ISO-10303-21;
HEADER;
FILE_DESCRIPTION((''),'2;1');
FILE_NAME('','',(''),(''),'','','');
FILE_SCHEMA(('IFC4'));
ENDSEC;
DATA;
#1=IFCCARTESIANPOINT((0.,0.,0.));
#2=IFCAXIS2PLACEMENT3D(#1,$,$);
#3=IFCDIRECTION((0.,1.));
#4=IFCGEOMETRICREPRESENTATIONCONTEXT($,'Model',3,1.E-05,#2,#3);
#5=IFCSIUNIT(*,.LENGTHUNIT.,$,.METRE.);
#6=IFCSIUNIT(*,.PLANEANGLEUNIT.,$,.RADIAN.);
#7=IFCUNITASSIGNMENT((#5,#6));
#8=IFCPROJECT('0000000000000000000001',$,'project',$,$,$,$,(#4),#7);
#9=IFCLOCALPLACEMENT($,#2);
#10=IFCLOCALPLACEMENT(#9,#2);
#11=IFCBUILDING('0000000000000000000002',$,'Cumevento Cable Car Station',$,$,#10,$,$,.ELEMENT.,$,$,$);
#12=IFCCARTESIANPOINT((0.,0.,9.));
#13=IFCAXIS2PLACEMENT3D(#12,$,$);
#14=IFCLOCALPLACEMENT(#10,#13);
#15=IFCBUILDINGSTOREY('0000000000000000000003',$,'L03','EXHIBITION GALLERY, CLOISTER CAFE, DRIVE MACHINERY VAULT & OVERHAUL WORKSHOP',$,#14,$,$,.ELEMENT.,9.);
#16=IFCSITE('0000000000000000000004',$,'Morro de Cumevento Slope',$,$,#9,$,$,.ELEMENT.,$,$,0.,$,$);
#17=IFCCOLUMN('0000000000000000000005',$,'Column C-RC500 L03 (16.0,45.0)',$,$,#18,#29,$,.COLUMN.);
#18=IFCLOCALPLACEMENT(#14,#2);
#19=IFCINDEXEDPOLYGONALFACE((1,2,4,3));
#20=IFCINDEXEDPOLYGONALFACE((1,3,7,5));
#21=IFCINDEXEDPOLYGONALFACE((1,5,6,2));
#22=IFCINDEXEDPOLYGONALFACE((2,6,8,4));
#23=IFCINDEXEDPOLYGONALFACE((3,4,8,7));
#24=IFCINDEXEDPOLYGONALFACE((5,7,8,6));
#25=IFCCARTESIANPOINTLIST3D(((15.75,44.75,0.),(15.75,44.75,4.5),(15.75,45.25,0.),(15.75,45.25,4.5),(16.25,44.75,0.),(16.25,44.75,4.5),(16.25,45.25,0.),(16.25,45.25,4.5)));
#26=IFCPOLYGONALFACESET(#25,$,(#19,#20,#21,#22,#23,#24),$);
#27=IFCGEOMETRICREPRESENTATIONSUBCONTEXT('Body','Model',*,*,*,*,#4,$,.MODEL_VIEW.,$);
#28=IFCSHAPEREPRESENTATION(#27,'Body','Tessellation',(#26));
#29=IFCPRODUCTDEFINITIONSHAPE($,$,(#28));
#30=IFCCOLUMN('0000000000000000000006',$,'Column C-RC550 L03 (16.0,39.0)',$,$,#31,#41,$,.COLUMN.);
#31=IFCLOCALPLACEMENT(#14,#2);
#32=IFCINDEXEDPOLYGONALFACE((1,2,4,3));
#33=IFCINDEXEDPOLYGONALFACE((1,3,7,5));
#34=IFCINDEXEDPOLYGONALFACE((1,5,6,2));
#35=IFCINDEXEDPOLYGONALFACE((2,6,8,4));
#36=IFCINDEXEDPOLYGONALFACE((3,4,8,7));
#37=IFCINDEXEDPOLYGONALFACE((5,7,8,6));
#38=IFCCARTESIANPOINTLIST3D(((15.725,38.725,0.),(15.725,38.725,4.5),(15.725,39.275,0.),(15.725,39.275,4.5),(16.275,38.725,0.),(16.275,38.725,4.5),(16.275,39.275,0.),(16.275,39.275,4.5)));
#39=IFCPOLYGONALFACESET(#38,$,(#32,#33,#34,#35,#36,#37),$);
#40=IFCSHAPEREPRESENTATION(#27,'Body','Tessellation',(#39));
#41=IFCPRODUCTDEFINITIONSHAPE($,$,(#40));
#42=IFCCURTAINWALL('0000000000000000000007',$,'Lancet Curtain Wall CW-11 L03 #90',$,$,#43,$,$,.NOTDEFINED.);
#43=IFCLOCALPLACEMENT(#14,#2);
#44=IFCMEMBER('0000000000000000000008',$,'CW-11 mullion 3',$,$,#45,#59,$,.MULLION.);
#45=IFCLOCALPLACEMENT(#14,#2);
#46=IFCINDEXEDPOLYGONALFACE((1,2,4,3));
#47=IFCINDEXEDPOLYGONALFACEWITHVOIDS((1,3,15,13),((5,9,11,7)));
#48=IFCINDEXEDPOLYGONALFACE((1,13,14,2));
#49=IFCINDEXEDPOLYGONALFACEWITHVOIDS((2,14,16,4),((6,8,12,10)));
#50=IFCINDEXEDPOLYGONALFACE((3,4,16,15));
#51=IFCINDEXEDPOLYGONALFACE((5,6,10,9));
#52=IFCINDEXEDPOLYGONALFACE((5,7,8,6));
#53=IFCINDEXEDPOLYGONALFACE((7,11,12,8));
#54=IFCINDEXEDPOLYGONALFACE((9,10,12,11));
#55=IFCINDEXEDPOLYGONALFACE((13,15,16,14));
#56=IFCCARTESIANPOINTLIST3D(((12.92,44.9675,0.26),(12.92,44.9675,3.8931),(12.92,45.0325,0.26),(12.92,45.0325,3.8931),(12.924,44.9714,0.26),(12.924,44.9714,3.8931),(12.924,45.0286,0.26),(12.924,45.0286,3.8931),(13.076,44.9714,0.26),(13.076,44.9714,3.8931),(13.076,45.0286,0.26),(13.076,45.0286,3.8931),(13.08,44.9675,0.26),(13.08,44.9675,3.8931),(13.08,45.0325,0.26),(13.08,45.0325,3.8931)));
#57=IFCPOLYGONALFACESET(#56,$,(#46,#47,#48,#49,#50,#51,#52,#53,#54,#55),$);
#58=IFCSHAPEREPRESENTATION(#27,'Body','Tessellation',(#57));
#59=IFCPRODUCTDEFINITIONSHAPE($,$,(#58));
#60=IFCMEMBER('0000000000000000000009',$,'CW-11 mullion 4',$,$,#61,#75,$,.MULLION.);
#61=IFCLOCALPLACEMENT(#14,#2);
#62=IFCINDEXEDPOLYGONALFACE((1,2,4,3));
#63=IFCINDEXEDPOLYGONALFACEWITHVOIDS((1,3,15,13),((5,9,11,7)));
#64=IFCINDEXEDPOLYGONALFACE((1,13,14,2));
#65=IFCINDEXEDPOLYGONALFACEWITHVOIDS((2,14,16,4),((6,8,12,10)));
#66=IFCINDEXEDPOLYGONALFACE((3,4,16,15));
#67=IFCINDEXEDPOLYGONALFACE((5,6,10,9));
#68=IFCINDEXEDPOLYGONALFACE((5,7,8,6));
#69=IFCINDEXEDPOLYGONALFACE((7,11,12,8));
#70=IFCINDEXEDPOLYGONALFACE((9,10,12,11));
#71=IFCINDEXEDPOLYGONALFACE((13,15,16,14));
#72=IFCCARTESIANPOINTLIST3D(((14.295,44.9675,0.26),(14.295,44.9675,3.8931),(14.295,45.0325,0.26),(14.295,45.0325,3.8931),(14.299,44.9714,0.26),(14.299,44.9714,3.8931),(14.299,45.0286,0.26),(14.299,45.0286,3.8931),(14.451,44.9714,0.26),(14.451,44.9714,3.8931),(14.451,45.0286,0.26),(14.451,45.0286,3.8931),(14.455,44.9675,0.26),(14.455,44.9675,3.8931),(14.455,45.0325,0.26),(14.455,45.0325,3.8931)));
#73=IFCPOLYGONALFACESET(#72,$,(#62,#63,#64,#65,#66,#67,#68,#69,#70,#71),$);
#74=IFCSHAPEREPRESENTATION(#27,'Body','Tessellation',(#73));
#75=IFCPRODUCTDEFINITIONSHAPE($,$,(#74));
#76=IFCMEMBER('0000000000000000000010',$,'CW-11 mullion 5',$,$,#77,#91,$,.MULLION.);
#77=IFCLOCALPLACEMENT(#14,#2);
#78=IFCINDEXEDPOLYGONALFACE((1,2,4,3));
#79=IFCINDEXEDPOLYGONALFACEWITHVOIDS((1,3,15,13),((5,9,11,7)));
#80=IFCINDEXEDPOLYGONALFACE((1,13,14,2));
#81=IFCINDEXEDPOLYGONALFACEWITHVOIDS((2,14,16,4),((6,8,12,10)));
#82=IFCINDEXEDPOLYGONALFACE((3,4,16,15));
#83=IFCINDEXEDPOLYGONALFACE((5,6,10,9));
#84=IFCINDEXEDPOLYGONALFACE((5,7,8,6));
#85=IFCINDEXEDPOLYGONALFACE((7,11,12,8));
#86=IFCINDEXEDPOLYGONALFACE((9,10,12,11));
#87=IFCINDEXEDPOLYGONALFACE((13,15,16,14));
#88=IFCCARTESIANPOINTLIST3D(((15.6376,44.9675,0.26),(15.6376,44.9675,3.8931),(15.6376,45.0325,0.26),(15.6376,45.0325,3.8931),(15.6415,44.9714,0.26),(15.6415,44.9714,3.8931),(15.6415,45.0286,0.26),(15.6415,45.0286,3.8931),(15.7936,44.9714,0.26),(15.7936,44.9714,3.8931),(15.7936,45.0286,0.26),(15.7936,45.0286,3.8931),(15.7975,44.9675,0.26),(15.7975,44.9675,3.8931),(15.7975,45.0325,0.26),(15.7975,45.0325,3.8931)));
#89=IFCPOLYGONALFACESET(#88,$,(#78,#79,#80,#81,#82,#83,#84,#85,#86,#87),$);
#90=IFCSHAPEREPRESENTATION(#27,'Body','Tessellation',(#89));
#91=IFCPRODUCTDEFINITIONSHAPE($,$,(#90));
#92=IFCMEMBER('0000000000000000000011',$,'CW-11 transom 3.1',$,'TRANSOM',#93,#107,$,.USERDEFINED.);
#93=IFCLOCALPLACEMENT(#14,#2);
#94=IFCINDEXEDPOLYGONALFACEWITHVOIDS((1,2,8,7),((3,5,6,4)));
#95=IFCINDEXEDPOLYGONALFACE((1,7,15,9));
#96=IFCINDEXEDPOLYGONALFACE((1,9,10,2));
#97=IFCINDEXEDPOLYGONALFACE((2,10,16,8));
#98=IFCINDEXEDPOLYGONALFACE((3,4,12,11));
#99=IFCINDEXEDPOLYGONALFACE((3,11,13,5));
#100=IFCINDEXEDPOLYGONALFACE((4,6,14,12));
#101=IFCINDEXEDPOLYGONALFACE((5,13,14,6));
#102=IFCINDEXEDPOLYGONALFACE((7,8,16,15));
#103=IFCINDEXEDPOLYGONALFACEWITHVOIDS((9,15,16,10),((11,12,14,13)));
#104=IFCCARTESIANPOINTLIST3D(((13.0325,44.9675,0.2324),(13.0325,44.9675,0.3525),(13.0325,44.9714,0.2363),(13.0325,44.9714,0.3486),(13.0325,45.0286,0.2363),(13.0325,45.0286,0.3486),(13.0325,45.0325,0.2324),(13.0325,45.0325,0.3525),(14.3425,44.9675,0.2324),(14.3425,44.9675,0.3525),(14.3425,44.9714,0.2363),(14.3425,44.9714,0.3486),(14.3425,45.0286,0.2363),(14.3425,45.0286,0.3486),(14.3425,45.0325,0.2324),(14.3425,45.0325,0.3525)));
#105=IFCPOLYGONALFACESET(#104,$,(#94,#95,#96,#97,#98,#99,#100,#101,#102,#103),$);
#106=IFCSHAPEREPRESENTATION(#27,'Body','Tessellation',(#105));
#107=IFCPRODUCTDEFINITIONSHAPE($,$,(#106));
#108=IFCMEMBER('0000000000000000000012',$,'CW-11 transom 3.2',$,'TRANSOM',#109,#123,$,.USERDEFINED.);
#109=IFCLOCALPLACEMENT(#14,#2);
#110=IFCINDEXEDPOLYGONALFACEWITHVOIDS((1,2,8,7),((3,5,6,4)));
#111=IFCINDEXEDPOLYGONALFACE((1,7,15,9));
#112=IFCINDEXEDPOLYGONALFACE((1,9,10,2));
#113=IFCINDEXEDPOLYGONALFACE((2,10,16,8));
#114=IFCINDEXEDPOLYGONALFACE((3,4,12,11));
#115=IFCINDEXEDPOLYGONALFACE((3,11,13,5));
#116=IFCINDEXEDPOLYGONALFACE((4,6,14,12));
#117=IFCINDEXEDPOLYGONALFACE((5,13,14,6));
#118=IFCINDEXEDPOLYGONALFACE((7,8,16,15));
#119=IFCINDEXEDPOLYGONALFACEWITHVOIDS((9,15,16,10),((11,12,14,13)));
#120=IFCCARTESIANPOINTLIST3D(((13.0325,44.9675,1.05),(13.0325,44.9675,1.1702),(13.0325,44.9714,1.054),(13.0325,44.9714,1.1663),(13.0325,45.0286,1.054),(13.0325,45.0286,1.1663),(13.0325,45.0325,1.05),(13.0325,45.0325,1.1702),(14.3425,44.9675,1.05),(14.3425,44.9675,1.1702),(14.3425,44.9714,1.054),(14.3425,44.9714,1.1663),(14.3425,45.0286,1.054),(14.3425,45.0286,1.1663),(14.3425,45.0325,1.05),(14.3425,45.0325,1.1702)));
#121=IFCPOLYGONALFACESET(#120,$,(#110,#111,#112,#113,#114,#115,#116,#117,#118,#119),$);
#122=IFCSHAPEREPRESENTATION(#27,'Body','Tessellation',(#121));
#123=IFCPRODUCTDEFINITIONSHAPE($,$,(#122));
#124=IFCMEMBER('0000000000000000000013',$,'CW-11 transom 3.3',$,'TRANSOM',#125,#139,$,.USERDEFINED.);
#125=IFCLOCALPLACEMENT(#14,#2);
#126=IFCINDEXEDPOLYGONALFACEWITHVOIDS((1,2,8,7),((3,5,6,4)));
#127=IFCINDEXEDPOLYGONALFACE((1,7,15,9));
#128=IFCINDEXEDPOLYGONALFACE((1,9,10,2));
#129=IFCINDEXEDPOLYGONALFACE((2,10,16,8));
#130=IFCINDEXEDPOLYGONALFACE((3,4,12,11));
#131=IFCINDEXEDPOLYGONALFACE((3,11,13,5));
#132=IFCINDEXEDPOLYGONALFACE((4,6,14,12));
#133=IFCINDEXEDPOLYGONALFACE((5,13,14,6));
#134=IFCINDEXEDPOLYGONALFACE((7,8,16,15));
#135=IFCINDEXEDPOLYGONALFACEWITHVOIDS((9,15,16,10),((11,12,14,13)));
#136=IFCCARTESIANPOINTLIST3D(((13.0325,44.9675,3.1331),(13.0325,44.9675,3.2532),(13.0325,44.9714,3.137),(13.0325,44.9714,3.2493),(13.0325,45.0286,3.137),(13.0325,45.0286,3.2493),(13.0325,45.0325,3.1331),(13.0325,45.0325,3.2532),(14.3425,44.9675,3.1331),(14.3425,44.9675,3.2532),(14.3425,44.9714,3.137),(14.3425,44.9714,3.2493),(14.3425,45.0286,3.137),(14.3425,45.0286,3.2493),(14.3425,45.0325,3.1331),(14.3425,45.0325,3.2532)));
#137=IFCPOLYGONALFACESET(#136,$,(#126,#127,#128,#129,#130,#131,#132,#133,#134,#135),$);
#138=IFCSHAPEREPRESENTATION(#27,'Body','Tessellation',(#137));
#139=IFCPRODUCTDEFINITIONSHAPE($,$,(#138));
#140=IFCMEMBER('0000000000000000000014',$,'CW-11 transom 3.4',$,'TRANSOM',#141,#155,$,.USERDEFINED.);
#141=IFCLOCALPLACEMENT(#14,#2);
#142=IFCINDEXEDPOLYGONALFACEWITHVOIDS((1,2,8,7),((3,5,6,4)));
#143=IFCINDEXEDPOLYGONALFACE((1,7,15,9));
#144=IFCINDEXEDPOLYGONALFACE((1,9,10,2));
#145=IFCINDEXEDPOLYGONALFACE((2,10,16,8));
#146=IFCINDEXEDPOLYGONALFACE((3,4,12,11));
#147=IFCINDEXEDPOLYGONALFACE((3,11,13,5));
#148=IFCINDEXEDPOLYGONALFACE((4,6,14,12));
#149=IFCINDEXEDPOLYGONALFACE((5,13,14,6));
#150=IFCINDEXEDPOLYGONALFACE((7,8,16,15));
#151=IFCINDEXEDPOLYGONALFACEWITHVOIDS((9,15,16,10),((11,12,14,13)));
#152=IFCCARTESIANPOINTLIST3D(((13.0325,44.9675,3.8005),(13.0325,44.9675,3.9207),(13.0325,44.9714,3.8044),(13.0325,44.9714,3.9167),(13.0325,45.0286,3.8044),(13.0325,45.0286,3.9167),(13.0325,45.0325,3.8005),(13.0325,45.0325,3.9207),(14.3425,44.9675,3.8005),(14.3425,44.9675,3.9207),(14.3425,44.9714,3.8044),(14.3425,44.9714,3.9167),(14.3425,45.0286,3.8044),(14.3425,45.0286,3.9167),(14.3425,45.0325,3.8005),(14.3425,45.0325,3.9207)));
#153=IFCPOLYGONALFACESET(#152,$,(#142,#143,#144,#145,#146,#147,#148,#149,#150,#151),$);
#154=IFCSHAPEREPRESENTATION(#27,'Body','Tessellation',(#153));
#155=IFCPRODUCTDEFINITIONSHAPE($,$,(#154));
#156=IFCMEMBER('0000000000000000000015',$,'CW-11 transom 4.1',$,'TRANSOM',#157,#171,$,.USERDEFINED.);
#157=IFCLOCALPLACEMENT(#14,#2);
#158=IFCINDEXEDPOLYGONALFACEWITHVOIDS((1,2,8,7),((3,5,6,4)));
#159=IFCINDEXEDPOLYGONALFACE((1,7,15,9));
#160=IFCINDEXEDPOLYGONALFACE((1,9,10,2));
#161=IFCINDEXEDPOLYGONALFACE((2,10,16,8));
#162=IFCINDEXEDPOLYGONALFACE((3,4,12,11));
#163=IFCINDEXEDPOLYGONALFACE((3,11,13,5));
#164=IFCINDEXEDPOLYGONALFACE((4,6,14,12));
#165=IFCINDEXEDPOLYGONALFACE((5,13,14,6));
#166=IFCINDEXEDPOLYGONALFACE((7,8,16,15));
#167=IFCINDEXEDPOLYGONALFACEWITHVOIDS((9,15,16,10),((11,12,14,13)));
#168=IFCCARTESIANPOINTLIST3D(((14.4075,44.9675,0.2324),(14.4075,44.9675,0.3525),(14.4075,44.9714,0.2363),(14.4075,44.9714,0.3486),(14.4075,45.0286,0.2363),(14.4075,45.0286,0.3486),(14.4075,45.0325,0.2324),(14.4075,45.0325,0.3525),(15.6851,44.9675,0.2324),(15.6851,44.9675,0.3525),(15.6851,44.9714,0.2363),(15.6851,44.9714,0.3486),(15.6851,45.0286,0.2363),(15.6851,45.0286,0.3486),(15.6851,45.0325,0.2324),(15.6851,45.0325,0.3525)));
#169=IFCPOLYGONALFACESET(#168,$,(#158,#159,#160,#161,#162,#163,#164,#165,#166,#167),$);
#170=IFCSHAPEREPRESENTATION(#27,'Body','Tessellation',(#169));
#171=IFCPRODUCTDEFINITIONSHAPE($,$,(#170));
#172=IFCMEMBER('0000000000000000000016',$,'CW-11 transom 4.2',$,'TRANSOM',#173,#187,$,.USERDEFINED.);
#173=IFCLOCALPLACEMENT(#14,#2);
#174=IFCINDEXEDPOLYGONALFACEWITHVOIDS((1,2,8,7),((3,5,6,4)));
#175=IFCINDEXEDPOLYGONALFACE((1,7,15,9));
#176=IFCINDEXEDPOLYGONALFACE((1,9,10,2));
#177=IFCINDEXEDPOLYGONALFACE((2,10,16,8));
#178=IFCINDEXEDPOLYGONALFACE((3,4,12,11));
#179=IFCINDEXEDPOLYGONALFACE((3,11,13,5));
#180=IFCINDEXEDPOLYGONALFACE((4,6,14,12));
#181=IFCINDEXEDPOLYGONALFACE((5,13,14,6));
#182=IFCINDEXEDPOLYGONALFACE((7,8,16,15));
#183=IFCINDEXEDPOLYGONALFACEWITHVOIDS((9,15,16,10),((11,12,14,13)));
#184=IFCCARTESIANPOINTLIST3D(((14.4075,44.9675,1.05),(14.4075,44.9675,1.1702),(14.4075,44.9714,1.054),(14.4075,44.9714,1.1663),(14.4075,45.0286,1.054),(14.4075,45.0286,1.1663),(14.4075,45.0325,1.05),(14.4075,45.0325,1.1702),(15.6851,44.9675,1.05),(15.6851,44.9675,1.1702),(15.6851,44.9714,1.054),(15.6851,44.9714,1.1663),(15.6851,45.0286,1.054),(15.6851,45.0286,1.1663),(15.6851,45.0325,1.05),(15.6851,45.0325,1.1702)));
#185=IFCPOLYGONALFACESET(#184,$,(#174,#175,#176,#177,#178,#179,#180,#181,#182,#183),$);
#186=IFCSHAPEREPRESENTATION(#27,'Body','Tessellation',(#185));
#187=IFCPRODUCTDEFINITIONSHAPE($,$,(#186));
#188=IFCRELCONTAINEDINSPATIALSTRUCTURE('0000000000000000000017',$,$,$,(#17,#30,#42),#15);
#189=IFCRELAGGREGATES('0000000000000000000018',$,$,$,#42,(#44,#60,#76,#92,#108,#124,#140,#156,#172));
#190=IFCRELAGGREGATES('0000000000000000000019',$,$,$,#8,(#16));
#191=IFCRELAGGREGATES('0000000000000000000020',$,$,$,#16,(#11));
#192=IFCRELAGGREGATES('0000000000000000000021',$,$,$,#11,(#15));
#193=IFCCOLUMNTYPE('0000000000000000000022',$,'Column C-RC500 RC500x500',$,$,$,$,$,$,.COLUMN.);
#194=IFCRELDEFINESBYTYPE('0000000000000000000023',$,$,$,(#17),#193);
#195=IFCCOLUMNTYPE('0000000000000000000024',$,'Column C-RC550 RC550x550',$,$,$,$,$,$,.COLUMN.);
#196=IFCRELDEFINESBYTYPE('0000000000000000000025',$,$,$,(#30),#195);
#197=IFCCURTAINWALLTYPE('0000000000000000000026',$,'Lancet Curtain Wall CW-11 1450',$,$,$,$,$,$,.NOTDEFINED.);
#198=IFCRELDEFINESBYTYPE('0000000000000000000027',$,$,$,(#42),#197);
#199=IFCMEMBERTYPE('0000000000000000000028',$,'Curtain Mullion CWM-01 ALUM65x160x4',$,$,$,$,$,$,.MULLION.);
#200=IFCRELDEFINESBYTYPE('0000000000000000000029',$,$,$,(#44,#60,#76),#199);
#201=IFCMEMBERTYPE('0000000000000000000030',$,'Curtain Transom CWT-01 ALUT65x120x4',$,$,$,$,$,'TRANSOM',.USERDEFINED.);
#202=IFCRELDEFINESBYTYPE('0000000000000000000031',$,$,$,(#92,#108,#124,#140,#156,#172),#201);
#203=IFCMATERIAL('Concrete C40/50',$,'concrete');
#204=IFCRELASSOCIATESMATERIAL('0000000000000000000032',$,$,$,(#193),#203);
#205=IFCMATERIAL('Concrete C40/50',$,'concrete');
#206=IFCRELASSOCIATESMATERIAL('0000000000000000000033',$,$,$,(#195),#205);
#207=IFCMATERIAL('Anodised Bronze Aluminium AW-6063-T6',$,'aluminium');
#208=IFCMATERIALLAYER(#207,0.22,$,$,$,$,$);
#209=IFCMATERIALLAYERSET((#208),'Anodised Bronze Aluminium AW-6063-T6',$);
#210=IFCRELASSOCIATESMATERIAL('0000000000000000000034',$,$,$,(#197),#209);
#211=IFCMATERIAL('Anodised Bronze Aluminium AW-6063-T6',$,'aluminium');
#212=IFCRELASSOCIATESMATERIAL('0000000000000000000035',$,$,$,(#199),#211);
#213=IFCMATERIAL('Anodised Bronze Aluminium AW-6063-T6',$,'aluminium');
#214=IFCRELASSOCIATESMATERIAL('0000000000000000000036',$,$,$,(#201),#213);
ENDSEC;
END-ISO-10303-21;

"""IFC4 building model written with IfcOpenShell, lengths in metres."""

from ifc_helpers import new_model, si_unit, direction, frame, origin, origin_2d, place, context, subcontext, project, spatial, rectangle, hollow_rectangle, extrude, material, layer, layer_set, material_profile, profile_set, type_object, element, aggregate, save


model = new_model("IFC4")

# Units and contexts
model_context = context("Model", 3, precision=1e-05, world=origin(), true_north=direction((0.0, 1.0)))
body_context = subcontext(model_context, "Body", "Model", "MODEL_VIEW")
ifc_project = project(units=[si_unit("LENGTHUNIT", "METRE"), si_unit("PLANEANGLEUNIT", "RADIAN")], contexts=[model_context])

# Site, building, storey
site_placement = place(None, origin())
site = spatial("IfcSite", under=ifc_project, at=site_placement, Name="Morro de Cumevento Slope", CompositionType="ELEMENT", RefElevation=0.0)
building_placement = place(site_placement, origin())
building = spatial("IfcBuilding", under=site, at=building_placement, Name="Cumevento Cable Car Station", CompositionType="ELEMENT")
storey_placement = place(building_placement, frame((0.0, 0.0, 9.0)))
storey = spatial("IfcBuildingStorey", under=building, at=storey_placement, Name="L03", Description="EXHIBITION GALLERY, CLOISTER CAFE, DRIVE MACHINERY VAULT & OVERHAUL WORKSHOP", CompositionType="ELEMENT", Elevation=9.0)

# Columns
ifc_material_1 = material(Name="Concrete C40/50", Category="concrete")
ifc_material_profile_1 = material_profile(ifc_material_1, rectangle(XDim=0.5, YDim=0.5, at=origin_2d()), Name="RC500x500")
ifc_profile_set_1 = profile_set([ifc_material_profile_1], Name="Concrete C40/50")
column_type_1 = type_object("IfcColumnType", Name="Column C-RC500 RC500x500", PredefinedType="COLUMN", material=ifc_profile_set_1)
column_1_placement = place(storey_placement, frame((16.0, 45.0, 0.0), z_axis=(0.0, 0.0, 1.0), x_axis=(1.0, 0.0, 0.0)))
element("IfcColumn", 1, at=column_1_placement, inside=storey, type_object=column_type_1, Name="Column C-RC500 L03 (16.0,45.0)", PredefinedType="COLUMN", context=body_context, shape_type="SweptSolid", body=[
    extrude(rectangle(XDim=0.5, YDim=0.5, at=origin_2d()), origin(), (0.0, 0.0, 1.0), 4.5),
])
ifc_material_2 = material(Name="Concrete C40/50", Category="concrete")
ifc_material_profile_2 = material_profile(ifc_material_2, rectangle(XDim=0.55, YDim=0.55, at=origin_2d()), Name="RC550x550")
ifc_profile_set_2 = profile_set([ifc_material_profile_2], Name="Concrete C40/50")
column_type_2 = type_object("IfcColumnType", Name="Column C-RC550 RC550x550", PredefinedType="COLUMN", material=ifc_profile_set_2)
column_2_placement = place(storey_placement, frame((16.0, 39.0, 0.0), z_axis=(0.0, 0.0, 1.0), x_axis=(1.0, 0.0, 0.0)))
element("IfcColumn", 2, at=column_2_placement, inside=storey, type_object=column_type_2, Name="Column C-RC550 L03 (16.0,39.0)", PredefinedType="COLUMN", context=body_context, shape_type="SweptSolid", body=[
    extrude(rectangle(XDim=0.55, YDim=0.55, at=origin_2d()), origin(), (0.0, 0.0, 1.0), 4.5),
])

# Curtain wall, members
ifc_material_3 = material(Name="Anodised Bronze Aluminium AW-6063-T6", Category="aluminium")
ifc_layer_1 = layer(ifc_material_3, 0.22)
ifc_layer_set_1 = layer_set([ifc_layer_1], Name="Anodised Bronze Aluminium AW-6063-T6")
curtain_wall_type_1 = type_object("IfcCurtainWallType", Name="Lancet Curtain Wall CW-11 1450", PredefinedType="NOTDEFINED", material=ifc_layer_set_1)
curtain_wall_1_placement = place(storey_placement, origin())
curtain_wall_1 = element("IfcCurtainWall", 3, at=curtain_wall_1_placement, inside=storey, type_object=curtain_wall_type_1, Name="Lancet Curtain Wall CW-11 L03 #90", PredefinedType="NOTDEFINED")
ifc_material_4 = material(Name="Anodised Bronze Aluminium AW-6063-T6", Category="aluminium")
ifc_material_profile_3 = material_profile(ifc_material_4, hollow_rectangle(XDim=0.0649, YDim=0.1599, WallThickness=0.0039, at=origin_2d()), Name="ALUM65x160x4")
ifc_profile_set_3 = profile_set([ifc_material_profile_3], Name="Anodised Bronze Aluminium AW-6063-T6")
member_type_1 = type_object("IfcMemberType", Name="Curtain Mullion CWM-01 ALUM65x160x4", PredefinedType="MULLION", material=ifc_profile_set_3)
member_1_placement = place(storey_placement, frame((13.0, 45.0, 0.26), z_axis=(0.0, 0.0, 1.0), x_axis=(0.0, 1.0, 0.0)))
member_1 = element("IfcMember", 4, at=member_1_placement, type_object=member_type_1, Name="CW-11 mullion 3", PredefinedType="MULLION", context=body_context, shape_type="SweptSolid", body=[
    extrude(hollow_rectangle(XDim=0.0649, YDim=0.1599, WallThickness=0.0039, at=origin_2d()), origin(), (0.0, 0.0, 1.0), 3.6331),
])
member_2_placement = place(storey_placement, frame((14.375, 45.0, 0.26), z_axis=(0.0, 0.0, 1.0), x_axis=(0.0, 1.0, 0.0)))
member_2 = element("IfcMember", 5, at=member_2_placement, type_object=member_type_1, Name="CW-11 mullion 4", PredefinedType="MULLION", context=body_context, shape_type="SweptSolid", body=[
    extrude(hollow_rectangle(XDim=0.0649, YDim=0.1599, WallThickness=0.0039, at=origin_2d()), origin(), (0.0, 0.0, 1.0), 3.6331),
])
member_3_placement = place(storey_placement, frame((15.7175, 45.0, 0.26), z_axis=(0.0, 0.0, 1.0), x_axis=(0.0, 1.0, 0.0)))
member_3 = element("IfcMember", 6, at=member_3_placement, type_object=member_type_1, Name="CW-11 mullion 5", PredefinedType="MULLION", context=body_context, shape_type="SweptSolid", body=[
    extrude(hollow_rectangle(XDim=0.0649, YDim=0.1599, WallThickness=0.0039, at=origin_2d()), origin(), (0.0, 0.0, 1.0), 3.6331),
])
ifc_material_5 = material(Name="Anodised Bronze Aluminium AW-6063-T6", Category="aluminium")
ifc_material_profile_4 = material_profile(ifc_material_5, hollow_rectangle(XDim=0.0649, YDim=0.1201, WallThickness=0.0039, at=origin_2d()), Name="ALUT65x120x4")
ifc_profile_set_4 = profile_set([ifc_material_profile_4], Name="Anodised Bronze Aluminium AW-6063-T6")
member_type_2 = type_object("IfcMemberType", Name="Curtain Transom CWT-01 ALUT65x120x4", ElementType="TRANSOM", PredefinedType="USERDEFINED", material=ifc_profile_set_4)
member_4_placement = place(storey_placement, frame((13.0325, 45.0, 0.2925), z_axis=(1.0, 0.0, 0.0), x_axis=(0.0, 1.0, 0.0)))
member_4 = element("IfcMember", 7, at=member_4_placement, type_object=member_type_2, Name="CW-11 transom 3.1", ObjectType="TRANSOM", PredefinedType="USERDEFINED", context=body_context, shape_type="SweptSolid", body=[
    extrude(hollow_rectangle(XDim=0.0649, YDim=0.1201, WallThickness=0.0039, at=origin_2d()), origin(), (0.0, 0.0, 1.0), 1.3101),
])
member_5_placement = place(storey_placement, frame((13.0325, 45.0, 1.1101), z_axis=(1.0, 0.0, 0.0), x_axis=(0.0, 1.0, 0.0)))
member_5 = element("IfcMember", 8, at=member_5_placement, type_object=member_type_2, Name="CW-11 transom 3.2", ObjectType="TRANSOM", PredefinedType="USERDEFINED", context=body_context, shape_type="SweptSolid", body=[
    extrude(hollow_rectangle(XDim=0.0649, YDim=0.1201, WallThickness=0.0039, at=origin_2d()), origin(), (0.0, 0.0, 1.0), 1.3101),
])
member_6_placement = place(storey_placement, frame((13.0325, 45.0, 3.1931), z_axis=(1.0, 0.0, 0.0), x_axis=(0.0, 1.0, 0.0)))
member_6 = element("IfcMember", 9, at=member_6_placement, type_object=member_type_2, Name="CW-11 transom 3.3", ObjectType="TRANSOM", PredefinedType="USERDEFINED", context=body_context, shape_type="SweptSolid", body=[
    extrude(hollow_rectangle(XDim=0.0649, YDim=0.1201, WallThickness=0.0039, at=origin_2d()), origin(), (0.0, 0.0, 1.0), 1.3101),
])
member_7_placement = place(storey_placement, frame((13.0325, 45.0, 3.8606), z_axis=(1.0, 0.0, 0.0), x_axis=(0.0, 1.0, 0.0)))
member_7 = element("IfcMember", 10, at=member_7_placement, type_object=member_type_2, Name="CW-11 transom 3.4", ObjectType="TRANSOM", PredefinedType="USERDEFINED", context=body_context, shape_type="SweptSolid", body=[
    extrude(hollow_rectangle(XDim=0.0649, YDim=0.1201, WallThickness=0.0039, at=origin_2d()), origin(), (0.0, 0.0, 1.0), 1.3101),
])
member_8_placement = place(storey_placement, frame((14.4075, 45.0, 0.2925), z_axis=(1.0, 0.0, 0.0), x_axis=(0.0, 1.0, 0.0)))
member_8 = element("IfcMember", 11, at=member_8_placement, type_object=member_type_2, Name="CW-11 transom 4.1", ObjectType="TRANSOM", PredefinedType="USERDEFINED", context=body_context, shape_type="SweptSolid", body=[
    extrude(hollow_rectangle(XDim=0.0649, YDim=0.1201, WallThickness=0.0039, at=origin_2d()), origin(), (0.0, 0.0, 1.0), 1.2776),
])
member_9_placement = place(storey_placement, frame((14.4075, 45.0, 1.1101), z_axis=(1.0, 0.0, 0.0), x_axis=(0.0, 1.0, 0.0)))
member_9 = element("IfcMember", 12, at=member_9_placement, type_object=member_type_2, Name="CW-11 transom 4.2", ObjectType="TRANSOM", PredefinedType="USERDEFINED", context=body_context, shape_type="SweptSolid", body=[
    extrude(hollow_rectangle(XDim=0.0649, YDim=0.1201, WallThickness=0.0039, at=origin_2d()), origin(), (0.0, 0.0, 1.0), 1.2776),
])

aggregate(curtain_wall_1, [member_1, member_2, member_3, member_4, member_5, member_6, member_7, member_8, member_9])

save(model, "model.ifc")
